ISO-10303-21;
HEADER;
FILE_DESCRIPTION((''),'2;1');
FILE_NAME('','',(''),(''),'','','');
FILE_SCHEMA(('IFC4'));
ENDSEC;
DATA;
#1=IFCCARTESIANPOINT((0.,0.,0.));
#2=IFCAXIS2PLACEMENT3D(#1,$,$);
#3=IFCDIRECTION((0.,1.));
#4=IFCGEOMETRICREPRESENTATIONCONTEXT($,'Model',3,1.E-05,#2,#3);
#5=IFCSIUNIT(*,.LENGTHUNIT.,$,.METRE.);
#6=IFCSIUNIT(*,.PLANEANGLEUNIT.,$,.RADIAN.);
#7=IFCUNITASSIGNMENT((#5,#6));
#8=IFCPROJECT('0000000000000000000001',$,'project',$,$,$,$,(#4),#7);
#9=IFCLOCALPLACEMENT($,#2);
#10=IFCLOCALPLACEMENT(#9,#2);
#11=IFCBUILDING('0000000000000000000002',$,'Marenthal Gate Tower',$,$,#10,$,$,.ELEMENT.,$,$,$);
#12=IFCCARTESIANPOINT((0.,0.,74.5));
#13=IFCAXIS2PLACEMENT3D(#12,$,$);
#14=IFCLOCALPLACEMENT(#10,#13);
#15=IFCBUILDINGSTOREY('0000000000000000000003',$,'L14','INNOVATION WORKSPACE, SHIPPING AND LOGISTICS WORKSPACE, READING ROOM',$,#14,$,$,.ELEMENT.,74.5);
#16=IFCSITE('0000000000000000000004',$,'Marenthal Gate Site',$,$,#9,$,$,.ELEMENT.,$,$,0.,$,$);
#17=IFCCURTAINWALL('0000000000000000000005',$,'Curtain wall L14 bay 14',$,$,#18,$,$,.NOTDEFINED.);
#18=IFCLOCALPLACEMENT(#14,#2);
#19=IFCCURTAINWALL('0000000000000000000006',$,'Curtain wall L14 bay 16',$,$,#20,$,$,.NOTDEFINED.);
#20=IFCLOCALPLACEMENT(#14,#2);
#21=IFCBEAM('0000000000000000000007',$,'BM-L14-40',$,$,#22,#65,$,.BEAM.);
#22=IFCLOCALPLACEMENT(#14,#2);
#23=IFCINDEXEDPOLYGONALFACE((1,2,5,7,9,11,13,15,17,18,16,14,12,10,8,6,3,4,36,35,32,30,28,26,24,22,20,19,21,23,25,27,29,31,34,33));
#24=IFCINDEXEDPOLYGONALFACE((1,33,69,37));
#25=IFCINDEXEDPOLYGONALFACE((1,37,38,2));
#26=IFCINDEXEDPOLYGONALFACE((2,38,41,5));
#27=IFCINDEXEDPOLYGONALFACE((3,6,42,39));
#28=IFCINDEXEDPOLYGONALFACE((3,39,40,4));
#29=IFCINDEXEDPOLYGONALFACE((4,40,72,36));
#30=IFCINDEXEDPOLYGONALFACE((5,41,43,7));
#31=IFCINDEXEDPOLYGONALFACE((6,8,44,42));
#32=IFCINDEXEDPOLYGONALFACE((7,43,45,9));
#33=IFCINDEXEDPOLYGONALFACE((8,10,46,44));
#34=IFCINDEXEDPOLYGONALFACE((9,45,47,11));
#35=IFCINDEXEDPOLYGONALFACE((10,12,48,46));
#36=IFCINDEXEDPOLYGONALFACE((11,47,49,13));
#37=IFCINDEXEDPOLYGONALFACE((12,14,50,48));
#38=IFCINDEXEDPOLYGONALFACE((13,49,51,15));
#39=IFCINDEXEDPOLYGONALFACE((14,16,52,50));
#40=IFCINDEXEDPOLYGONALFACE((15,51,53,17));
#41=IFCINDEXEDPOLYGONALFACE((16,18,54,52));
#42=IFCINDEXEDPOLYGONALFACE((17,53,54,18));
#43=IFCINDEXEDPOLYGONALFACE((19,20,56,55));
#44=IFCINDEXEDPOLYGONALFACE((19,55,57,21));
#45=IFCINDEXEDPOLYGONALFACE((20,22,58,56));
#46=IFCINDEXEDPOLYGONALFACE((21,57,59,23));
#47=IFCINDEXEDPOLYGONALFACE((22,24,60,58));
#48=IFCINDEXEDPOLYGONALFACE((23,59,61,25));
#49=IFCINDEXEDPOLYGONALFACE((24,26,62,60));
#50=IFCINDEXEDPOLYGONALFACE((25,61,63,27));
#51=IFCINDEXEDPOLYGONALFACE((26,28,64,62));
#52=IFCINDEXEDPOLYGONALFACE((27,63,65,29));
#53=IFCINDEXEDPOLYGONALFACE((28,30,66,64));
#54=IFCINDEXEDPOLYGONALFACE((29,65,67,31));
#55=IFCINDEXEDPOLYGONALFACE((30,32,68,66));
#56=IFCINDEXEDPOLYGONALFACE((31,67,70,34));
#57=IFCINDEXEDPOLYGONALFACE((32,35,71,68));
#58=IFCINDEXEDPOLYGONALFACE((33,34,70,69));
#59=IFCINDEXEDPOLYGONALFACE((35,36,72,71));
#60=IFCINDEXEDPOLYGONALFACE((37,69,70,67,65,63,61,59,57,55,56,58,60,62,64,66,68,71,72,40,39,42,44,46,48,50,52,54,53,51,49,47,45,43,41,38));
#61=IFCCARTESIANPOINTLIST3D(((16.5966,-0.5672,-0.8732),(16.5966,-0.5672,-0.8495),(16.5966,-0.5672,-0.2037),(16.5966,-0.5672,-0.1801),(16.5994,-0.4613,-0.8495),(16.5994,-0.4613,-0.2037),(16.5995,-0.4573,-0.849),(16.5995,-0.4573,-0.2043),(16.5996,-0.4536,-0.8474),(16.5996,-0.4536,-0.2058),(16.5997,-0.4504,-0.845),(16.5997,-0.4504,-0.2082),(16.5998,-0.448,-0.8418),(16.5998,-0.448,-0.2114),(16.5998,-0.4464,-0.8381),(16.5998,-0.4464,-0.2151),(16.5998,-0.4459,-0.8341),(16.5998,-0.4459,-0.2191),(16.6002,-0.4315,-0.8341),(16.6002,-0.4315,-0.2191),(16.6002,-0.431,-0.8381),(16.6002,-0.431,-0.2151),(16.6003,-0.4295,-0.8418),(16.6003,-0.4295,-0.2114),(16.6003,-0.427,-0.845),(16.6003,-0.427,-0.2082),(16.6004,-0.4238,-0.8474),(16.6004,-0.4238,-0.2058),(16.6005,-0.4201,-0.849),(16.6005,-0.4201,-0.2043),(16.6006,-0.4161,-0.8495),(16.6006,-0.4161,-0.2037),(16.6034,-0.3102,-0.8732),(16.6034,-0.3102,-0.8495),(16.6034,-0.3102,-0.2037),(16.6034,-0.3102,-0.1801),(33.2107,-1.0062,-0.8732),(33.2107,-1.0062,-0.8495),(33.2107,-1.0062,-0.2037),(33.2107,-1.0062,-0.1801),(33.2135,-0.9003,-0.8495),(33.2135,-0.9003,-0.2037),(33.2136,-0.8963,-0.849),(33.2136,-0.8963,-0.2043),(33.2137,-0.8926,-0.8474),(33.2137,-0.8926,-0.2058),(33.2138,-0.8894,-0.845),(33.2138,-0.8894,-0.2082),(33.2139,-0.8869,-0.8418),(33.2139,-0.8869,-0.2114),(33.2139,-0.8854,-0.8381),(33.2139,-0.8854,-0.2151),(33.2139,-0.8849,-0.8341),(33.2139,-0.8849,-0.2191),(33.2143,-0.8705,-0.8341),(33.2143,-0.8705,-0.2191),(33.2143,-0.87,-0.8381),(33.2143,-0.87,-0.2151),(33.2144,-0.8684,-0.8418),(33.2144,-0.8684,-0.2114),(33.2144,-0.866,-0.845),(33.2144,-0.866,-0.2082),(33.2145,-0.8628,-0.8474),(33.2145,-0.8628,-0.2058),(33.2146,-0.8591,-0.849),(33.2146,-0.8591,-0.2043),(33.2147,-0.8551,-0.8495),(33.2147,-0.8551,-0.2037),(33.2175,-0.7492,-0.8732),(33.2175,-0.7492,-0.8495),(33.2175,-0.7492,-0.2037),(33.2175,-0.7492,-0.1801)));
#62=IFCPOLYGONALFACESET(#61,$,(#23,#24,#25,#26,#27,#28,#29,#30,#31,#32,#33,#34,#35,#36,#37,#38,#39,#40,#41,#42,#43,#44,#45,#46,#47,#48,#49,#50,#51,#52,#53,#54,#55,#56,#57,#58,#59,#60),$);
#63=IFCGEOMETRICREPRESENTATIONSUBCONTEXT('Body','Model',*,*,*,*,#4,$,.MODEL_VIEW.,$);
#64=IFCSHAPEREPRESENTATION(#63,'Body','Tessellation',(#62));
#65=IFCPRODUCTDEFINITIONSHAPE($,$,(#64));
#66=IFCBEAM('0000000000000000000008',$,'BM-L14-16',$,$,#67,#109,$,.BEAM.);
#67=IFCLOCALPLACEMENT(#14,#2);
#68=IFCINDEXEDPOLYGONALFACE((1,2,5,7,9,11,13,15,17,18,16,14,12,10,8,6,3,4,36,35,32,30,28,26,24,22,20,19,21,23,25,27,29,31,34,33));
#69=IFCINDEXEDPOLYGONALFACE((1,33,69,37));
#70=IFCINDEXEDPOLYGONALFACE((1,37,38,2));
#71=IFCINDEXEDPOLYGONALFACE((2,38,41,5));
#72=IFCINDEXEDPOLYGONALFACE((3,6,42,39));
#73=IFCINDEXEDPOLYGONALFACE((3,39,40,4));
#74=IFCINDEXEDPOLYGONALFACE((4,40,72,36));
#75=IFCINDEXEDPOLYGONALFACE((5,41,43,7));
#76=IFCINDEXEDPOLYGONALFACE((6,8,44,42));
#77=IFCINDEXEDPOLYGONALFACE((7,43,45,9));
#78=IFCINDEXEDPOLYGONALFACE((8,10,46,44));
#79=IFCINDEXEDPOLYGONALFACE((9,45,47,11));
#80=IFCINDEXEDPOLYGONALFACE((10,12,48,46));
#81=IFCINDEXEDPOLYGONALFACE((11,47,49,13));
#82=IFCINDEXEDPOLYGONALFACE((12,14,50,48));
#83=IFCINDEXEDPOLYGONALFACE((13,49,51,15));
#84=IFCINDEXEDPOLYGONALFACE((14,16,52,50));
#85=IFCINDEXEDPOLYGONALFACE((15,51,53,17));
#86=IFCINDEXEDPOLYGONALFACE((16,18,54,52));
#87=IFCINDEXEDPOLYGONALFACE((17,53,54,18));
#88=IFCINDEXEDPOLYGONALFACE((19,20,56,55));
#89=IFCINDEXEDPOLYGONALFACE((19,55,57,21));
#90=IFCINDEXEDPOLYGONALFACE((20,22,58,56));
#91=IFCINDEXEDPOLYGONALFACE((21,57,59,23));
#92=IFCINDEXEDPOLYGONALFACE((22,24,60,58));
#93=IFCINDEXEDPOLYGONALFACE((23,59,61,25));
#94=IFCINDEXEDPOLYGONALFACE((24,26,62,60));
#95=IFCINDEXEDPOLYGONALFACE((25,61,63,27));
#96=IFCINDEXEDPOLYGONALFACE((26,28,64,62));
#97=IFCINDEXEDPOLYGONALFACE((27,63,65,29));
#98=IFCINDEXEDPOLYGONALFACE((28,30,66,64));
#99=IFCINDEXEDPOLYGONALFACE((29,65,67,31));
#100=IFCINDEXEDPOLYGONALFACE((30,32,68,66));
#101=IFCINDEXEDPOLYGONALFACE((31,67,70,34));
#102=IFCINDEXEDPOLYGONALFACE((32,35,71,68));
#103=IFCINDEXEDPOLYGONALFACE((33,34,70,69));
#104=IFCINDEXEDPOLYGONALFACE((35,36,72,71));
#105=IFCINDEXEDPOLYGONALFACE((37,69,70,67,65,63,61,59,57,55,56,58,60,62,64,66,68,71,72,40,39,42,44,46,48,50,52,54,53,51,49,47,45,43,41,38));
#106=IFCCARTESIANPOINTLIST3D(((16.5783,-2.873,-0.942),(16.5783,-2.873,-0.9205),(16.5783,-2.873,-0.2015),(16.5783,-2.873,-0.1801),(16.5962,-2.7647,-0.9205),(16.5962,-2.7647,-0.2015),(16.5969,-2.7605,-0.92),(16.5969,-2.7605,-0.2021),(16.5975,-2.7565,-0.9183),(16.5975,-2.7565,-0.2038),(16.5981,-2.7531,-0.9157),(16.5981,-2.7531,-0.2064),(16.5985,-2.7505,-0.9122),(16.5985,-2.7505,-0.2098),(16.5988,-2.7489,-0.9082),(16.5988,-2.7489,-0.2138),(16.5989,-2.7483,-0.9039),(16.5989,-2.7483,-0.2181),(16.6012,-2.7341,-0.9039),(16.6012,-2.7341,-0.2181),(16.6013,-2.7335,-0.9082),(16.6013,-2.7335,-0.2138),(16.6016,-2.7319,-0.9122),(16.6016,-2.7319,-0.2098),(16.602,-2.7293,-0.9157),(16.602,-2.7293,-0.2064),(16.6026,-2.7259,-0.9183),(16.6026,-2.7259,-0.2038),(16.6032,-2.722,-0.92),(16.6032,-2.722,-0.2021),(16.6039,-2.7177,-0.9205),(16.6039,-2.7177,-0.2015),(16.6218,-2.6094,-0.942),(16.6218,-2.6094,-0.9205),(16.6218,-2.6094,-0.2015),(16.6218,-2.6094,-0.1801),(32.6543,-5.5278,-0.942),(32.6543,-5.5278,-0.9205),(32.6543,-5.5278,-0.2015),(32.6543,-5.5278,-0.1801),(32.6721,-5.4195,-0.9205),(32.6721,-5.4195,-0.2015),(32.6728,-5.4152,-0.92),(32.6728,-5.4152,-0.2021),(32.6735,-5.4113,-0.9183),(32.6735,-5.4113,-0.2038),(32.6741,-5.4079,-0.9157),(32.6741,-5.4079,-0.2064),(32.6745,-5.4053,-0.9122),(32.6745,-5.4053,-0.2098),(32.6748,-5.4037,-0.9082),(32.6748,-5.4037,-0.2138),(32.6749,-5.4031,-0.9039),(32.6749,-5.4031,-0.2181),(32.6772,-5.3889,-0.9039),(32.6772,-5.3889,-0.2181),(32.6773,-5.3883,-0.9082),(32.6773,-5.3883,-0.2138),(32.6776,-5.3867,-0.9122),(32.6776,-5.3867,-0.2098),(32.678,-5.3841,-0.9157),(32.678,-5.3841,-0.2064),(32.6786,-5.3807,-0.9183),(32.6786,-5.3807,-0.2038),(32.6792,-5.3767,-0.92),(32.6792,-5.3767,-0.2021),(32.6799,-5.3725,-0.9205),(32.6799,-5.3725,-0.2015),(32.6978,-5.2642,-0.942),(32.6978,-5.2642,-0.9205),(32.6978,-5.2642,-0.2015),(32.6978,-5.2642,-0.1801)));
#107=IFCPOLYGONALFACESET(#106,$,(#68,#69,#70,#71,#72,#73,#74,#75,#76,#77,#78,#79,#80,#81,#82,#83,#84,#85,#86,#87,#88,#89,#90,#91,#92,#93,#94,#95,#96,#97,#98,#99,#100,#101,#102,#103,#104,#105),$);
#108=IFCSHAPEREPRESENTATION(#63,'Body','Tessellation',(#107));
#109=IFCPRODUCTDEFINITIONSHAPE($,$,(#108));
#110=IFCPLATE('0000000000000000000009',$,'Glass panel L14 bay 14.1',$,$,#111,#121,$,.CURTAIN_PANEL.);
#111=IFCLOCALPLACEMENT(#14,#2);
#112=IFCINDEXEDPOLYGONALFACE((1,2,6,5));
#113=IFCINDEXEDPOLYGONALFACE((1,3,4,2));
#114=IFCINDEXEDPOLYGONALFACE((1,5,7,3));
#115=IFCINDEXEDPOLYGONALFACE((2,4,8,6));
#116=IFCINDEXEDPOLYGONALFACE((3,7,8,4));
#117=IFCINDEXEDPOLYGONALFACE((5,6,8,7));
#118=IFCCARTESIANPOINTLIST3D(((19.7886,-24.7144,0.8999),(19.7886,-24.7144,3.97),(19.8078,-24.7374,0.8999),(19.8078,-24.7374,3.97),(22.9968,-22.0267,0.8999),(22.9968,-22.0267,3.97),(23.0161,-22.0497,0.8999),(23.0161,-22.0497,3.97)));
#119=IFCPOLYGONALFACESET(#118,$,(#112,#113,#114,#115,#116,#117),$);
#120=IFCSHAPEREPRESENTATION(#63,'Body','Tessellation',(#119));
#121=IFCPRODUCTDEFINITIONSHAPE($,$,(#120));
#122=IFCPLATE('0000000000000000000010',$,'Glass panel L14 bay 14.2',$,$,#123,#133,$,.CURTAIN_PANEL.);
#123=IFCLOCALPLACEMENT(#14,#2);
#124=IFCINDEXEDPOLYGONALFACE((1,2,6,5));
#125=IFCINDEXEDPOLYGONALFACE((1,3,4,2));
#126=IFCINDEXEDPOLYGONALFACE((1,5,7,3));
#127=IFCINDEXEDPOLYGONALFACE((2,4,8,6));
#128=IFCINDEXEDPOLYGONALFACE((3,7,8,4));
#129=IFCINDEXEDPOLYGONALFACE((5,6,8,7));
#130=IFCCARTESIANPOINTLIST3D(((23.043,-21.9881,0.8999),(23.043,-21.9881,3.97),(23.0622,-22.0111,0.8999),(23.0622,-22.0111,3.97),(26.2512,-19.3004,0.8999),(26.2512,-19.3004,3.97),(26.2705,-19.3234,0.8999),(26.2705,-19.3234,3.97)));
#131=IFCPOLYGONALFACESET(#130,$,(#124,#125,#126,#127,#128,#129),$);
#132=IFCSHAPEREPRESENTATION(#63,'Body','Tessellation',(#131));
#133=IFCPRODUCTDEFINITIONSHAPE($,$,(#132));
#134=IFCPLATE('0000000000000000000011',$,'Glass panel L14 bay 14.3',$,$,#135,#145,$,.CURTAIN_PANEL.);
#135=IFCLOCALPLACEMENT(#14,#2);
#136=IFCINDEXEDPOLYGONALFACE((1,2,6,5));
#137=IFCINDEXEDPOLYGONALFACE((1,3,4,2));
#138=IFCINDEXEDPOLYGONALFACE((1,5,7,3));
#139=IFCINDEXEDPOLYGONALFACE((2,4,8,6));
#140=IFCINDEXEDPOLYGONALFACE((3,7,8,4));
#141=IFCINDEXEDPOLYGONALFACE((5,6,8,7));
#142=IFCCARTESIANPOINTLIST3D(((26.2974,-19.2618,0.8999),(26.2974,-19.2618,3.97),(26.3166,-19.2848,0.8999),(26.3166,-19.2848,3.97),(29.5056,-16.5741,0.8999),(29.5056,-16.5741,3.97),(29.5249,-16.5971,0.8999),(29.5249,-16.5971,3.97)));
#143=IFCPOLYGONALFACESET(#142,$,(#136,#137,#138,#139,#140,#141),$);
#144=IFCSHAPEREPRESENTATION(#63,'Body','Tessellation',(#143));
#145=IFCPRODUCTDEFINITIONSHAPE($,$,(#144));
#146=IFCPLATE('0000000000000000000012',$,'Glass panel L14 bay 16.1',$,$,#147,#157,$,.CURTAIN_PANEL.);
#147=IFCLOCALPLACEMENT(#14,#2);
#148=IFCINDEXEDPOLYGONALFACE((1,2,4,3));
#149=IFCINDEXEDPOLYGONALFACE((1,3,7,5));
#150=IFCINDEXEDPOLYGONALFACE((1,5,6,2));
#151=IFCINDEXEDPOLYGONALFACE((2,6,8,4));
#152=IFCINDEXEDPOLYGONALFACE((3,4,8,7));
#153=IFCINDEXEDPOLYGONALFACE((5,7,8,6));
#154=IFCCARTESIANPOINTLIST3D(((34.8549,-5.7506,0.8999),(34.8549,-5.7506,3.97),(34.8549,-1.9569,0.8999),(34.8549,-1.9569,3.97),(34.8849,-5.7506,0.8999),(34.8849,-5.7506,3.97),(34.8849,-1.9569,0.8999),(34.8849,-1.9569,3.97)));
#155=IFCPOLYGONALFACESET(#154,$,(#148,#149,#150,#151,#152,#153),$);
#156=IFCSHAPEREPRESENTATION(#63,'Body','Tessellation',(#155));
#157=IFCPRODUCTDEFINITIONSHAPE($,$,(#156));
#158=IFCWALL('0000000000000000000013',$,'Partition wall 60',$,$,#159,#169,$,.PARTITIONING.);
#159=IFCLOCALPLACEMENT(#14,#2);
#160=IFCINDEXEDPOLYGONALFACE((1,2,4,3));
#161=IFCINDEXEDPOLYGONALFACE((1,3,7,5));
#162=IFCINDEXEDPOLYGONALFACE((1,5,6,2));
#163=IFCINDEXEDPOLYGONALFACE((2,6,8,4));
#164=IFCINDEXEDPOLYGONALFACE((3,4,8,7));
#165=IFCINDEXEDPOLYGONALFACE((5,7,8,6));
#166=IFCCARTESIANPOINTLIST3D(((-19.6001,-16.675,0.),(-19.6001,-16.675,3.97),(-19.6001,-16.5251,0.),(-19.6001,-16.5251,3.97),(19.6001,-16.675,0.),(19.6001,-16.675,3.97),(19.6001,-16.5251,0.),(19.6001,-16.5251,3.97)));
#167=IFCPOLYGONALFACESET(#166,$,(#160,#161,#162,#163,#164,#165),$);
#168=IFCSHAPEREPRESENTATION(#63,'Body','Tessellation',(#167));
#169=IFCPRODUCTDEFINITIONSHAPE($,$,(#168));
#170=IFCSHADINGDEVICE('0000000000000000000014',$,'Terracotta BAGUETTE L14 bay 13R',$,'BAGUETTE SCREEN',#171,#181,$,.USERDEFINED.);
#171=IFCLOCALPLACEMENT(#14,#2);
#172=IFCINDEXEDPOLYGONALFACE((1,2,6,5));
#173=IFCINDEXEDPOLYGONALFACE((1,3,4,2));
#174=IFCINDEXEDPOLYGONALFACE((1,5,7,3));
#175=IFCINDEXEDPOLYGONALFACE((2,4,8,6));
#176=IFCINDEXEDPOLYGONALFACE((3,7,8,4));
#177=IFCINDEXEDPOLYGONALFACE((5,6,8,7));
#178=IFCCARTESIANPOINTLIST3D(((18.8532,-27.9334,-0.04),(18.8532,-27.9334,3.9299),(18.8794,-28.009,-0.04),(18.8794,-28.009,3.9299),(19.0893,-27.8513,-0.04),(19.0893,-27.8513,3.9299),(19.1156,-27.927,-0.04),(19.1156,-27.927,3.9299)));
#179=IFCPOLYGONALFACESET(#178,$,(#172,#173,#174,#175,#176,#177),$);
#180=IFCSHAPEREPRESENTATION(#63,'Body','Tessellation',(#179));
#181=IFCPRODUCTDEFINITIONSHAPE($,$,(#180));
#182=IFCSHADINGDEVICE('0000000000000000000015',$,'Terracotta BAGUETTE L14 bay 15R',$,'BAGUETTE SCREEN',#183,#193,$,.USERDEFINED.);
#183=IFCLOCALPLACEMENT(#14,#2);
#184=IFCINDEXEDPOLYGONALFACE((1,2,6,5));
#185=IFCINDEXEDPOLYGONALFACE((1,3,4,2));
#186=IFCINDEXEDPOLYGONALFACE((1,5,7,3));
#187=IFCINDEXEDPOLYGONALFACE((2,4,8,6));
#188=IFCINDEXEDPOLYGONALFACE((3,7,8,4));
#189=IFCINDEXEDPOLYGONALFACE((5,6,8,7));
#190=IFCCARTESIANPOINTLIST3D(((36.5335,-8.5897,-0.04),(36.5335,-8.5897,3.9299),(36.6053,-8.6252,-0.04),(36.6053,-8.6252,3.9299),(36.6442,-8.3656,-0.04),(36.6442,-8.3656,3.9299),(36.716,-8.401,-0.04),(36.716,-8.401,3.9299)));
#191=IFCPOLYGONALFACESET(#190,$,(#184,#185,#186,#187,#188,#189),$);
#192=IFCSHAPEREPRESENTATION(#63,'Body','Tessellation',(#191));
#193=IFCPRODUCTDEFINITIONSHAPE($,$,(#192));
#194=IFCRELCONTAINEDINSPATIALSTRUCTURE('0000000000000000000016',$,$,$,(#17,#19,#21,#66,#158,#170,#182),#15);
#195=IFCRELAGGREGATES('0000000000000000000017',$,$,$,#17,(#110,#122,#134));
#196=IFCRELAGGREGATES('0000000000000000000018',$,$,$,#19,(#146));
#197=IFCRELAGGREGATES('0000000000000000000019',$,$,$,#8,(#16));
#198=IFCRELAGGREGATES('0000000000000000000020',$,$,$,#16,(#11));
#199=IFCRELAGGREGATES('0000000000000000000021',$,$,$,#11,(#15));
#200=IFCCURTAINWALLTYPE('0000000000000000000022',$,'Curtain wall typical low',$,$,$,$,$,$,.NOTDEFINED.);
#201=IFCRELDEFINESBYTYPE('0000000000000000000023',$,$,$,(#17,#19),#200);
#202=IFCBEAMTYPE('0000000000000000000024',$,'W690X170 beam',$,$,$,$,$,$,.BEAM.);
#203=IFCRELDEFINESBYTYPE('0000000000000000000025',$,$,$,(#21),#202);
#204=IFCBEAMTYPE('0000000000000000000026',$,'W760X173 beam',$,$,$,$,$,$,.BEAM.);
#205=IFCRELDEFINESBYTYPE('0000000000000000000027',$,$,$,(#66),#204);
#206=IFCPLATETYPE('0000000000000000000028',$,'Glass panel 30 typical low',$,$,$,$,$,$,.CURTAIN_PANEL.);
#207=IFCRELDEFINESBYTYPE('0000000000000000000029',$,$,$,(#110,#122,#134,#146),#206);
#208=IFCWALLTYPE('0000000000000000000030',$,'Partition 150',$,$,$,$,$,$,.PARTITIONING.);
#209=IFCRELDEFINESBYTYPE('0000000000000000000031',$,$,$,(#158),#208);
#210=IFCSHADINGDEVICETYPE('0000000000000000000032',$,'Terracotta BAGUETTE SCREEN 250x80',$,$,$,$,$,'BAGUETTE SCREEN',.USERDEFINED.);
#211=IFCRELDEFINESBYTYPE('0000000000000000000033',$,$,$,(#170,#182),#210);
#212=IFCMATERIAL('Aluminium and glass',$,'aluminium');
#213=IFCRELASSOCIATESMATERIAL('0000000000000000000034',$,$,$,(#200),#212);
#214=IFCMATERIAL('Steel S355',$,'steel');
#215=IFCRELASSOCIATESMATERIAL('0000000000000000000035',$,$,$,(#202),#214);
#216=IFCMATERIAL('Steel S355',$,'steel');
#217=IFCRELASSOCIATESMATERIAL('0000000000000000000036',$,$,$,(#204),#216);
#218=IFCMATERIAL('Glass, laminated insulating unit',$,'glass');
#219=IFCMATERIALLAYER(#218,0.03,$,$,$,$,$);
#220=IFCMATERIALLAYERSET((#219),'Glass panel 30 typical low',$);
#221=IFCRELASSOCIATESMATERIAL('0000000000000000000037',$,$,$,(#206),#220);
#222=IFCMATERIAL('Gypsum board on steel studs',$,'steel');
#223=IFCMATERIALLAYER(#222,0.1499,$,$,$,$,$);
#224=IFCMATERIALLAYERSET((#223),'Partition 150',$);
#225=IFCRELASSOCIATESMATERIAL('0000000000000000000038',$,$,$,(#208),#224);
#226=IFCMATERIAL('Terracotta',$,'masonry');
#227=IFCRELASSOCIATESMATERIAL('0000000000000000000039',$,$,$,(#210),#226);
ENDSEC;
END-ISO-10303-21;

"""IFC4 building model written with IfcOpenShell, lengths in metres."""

from ifc_helpers import new_model, si_unit, direction, frame, frame_2d, origin, origin_2d, place, context, subcontext, project, spatial, rectangle, i_section, extrude, material, layer, layer_set, material_profile, profile_set, type_object, element, aggregate, save


model = new_model("IFC4")

# Units and contexts
model_context = context("Model", 3, precision=1e-05, world=origin(), true_north=direction((0.0, 1.0)))
body_context = subcontext(model_context, "Body", "Model", "MODEL_VIEW")
ifc_project = project(units=[si_unit("LENGTHUNIT", "METRE"), si_unit("PLANEANGLEUNIT", "RADIAN")], contexts=[model_context])

# Site, building, storey
site_placement = place(None, origin())
site = spatial("IfcSite", under=ifc_project, at=site_placement, Name="Marenthal Gate Site", CompositionType="ELEMENT", RefElevation=0.0)
building_placement = place(site_placement, origin())
building = spatial("IfcBuilding", under=site, at=building_placement, Name="Marenthal Gate Tower", CompositionType="ELEMENT")
storey_placement = place(building_placement, frame((0.0, 0.0, 74.5)))
storey = spatial("IfcBuildingStorey", under=building, at=storey_placement, Name="L14", Description="INNOVATION WORKSPACE, SHIPPING AND LOGISTICS WORKSPACE, READING ROOM", CompositionType="ELEMENT", Elevation=74.5)

# Curtain walls
ifc_material_1 = material(Name="Aluminium and glass", Category="aluminium")
curtain_wall_type = type_object("IfcCurtainWallType", Name="Curtain wall typical low", PredefinedType="NOTDEFINED", material=ifc_material_1)
curtain_wall_1_placement = place(storey_placement, origin())
curtain_wall_1 = element("IfcCurtainWall", 1, at=curtain_wall_1_placement, inside=storey, type_object=curtain_wall_type, Name="Curtain wall L14 bay 14", PredefinedType="NOTDEFINED")
curtain_wall_2_placement = place(storey_placement, origin())
curtain_wall_2 = element("IfcCurtainWall", 2, at=curtain_wall_2_placement, inside=storey, type_object=curtain_wall_type, Name="Curtain wall L14 bay 16", PredefinedType="NOTDEFINED")

# Beams
ifc_material_2 = material(Name="Steel S355", Category="steel")
ifc_material_profile_1 = material_profile(ifc_material_2, i_section(OverallWidth=0.2571, OverallDepth=0.6931, WebThickness=0.0144, FlangeThickness=0.0237, FilletRadius=0.0154, at=origin_2d()), Name="W690X170")
ifc_profile_set_1 = profile_set([ifc_material_profile_1], Name="Steel S355")
beam_type_1 = type_object("IfcBeamType", Name="W690X170 beam", PredefinedType="BEAM", material=ifc_profile_set_1)
beam_1_placement = place(storey_placement, frame((33.2141, -0.8777, -0.5266), z_axis=(-0.999651, 0.026412, 0.0), x_axis=(-0.026412, -0.999651, 0.0)))
element("IfcBeam", 3, at=beam_1_placement, inside=storey, type_object=beam_type_1, Name="BM-L14-40", PredefinedType="BEAM", context=body_context, shape_type="SweptSolid", body=[
    extrude(i_section(OverallWidth=0.2571, OverallDepth=0.6931, WebThickness=0.0144, FlangeThickness=0.0237, FilletRadius=0.0154, at=origin_2d()), origin(), (0.0, 0.0, 1.0), 16.6199),
])
ifc_material_3 = material(Name="Steel S355", Category="steel")
ifc_material_profile_2 = material_profile(ifc_material_3, i_section(OverallWidth=0.2671, OverallDepth=0.762, WebThickness=0.0144, FlangeThickness=0.0215, FilletRadius=0.0166, at=origin_2d()), Name="W760X173")
ifc_profile_set_2 = profile_set([ifc_material_profile_2], Name="Steel S355")
beam_type_2 = type_object("IfcBeamType", Name="W760X173 beam", PredefinedType="BEAM", material=ifc_profile_set_2)
beam_2_placement = place(storey_placement, frame((32.676, -5.396, -0.561), z_axis=(-0.986637, 0.162934, 0.0), x_axis=(-0.162934, -0.986637, 0.0)))
element("IfcBeam", 4, at=beam_2_placement, inside=storey, type_object=beam_type_2, Name="BM-L14-16", PredefinedType="BEAM", context=body_context, shape_type="SweptSolid", body=[
    extrude(i_section(OverallWidth=0.2671, OverallDepth=0.762, WebThickness=0.0144, FlangeThickness=0.0215, FilletRadius=0.0166, at=origin_2d()), origin(), (0.0, 0.0, 1.0), 16.2937),
])

# Plates
ifc_material_4 = material(Name="Glass, laminated insulating unit", Category="glass")
ifc_layer_1 = layer(ifc_material_4, 0.03)
ifc_layer_set_1 = layer_set([ifc_layer_1], Name="Glass panel 30 typical low")
plate_type = type_object("IfcPlateType", Name="Glass panel 30 typical low", PredefinedType="CURTAIN_PANEL", material=ifc_layer_set_1)
plate_1_placement = place(storey_placement, frame((21.4023, -23.3821, 0.8999), z_axis=(0.0, 0.0, 1.0), x_axis=(0.766557, 0.642176, 0.0)))
plate_1 = element("IfcPlate", 5, at=plate_1_placement, type_object=plate_type, Name="Glass panel L14 bay 14.1", PredefinedType="CURTAIN_PANEL", context=body_context, shape_type="SweptSolid", body=[
    extrude(rectangle(XDim=4.1853, YDim=0.03, at=origin_2d()), origin(), (0.0, 0.0, 1.0), 3.0701),
])
plate_2_placement = place(storey_placement, frame((24.6567, -20.6558, 0.8999), z_axis=(0.0, 0.0, 1.0), x_axis=(0.766557, 0.642176, 0.0)))
plate_2 = element("IfcPlate", 6, at=plate_2_placement, type_object=plate_type, Name="Glass panel L14 bay 14.2", PredefinedType="CURTAIN_PANEL", context=body_context, shape_type="SweptSolid", body=[
    extrude(rectangle(XDim=4.1853, YDim=0.03, at=origin_2d()), origin(), (0.0, 0.0, 1.0), 3.0701),
])
plate_3_placement = place(storey_placement, frame((27.9111, -17.9294, 0.8999), z_axis=(0.0, 0.0, 1.0), x_axis=(0.766557, 0.642176, 0.0)))
plate_3 = element("IfcPlate", 7, at=plate_3_placement, type_object=plate_type, Name="Glass panel L14 bay 14.3", PredefinedType="CURTAIN_PANEL", context=body_context, shape_type="SweptSolid", body=[
    extrude(rectangle(XDim=4.1853, YDim=0.03, at=origin_2d()), origin(), (0.0, 0.0, 1.0), 3.0701),
])
aggregate(curtain_wall_1, [plate_1, plate_2, plate_3])
plate_4_placement = place(storey_placement, frame((34.8699, -3.8538, 0.8999), z_axis=(0.0, 0.0, 1.0), x_axis=(0.0, 1.0, 0.0)))
plate_4 = element("IfcPlate", 8, at=plate_4_placement, type_object=plate_type, Name="Glass panel L14 bay 16.1", PredefinedType="CURTAIN_PANEL", context=body_context, shape_type="SweptSolid", body=[
    extrude(rectangle(XDim=3.7937, YDim=0.03, at=origin_2d()), origin(), (0.0, 0.0, 1.0), 3.0701),
])
aggregate(curtain_wall_2, [plate_4])

# Wall
ifc_material_5 = material(Name="Gypsum board on steel studs", Category="steel")
ifc_layer_2 = layer(ifc_material_5, 0.1499)
ifc_layer_set_2 = layer_set([ifc_layer_2], Name="Partition 150")
wall_type_1 = type_object("IfcWallType", Name="Partition 150", PredefinedType="PARTITIONING", material=ifc_layer_set_2)
wall_1_placement = place(storey_placement, frame((19.6001, -16.6001, 0.0), z_axis=(0.0, 0.0, 1.0), x_axis=(-1.0, 0.0, 0.0)))
element("IfcWall", 9, at=wall_1_placement, inside=storey, type_object=wall_type_1, Name="Partition wall 60", PredefinedType="PARTITIONING", context=body_context, shape_type="SweptSolid", body=[
    extrude(rectangle(XDim=39.2002, YDim=0.1499, at=frame_2d((19.6001, 0.0))), origin(), (0.0, 0.0, 1.0), 3.97),
])

# Shading devices
ifc_material_6 = material(Name="Terracotta", Category="masonry")
ifc_material_profile_3 = material_profile(ifc_material_6, rectangle(XDim=0.25, YDim=0.0801, at=origin_2d()), Name="Terracotta baguette 250x80")
ifc_profile_set_3 = profile_set([ifc_material_profile_3], Name="Terracotta")
shading_device_type = type_object("IfcShadingDeviceType", Name="Terracotta BAGUETTE SCREEN 250x80", ElementType="BAGUETTE SCREEN", PredefinedType="USERDEFINED", material=ifc_profile_set_3)
for number, where, z_axis, x_axis, name in (
    (10, (18.9844, -27.9302, -0.04), (0.0, 0.0, 1.0), (0.944657, 0.328061, 0.0), "Terracotta BAGUETTE L14 bay 13R"),
    (11, (36.6248, -8.4954, -0.04), (0.0, 0.0, 1.0), (0.442939, 0.896552, 0.0), "Terracotta BAGUETTE L14 bay 15R"),
):
    element("IfcShadingDevice", number, at=place(storey_placement, frame(where, z_axis=z_axis, x_axis=x_axis)), inside=storey, type_object=shading_device_type, Name=name, ObjectType="BAGUETTE SCREEN", PredefinedType="USERDEFINED", context=body_context, shape_type="SweptSolid", body=[
        extrude(rectangle(XDim=0.25, YDim=0.0801, at=origin_2d()), origin(), (0.0, 0.0, 1.0), 3.97),
    ])

save(model, "model.ifc")
